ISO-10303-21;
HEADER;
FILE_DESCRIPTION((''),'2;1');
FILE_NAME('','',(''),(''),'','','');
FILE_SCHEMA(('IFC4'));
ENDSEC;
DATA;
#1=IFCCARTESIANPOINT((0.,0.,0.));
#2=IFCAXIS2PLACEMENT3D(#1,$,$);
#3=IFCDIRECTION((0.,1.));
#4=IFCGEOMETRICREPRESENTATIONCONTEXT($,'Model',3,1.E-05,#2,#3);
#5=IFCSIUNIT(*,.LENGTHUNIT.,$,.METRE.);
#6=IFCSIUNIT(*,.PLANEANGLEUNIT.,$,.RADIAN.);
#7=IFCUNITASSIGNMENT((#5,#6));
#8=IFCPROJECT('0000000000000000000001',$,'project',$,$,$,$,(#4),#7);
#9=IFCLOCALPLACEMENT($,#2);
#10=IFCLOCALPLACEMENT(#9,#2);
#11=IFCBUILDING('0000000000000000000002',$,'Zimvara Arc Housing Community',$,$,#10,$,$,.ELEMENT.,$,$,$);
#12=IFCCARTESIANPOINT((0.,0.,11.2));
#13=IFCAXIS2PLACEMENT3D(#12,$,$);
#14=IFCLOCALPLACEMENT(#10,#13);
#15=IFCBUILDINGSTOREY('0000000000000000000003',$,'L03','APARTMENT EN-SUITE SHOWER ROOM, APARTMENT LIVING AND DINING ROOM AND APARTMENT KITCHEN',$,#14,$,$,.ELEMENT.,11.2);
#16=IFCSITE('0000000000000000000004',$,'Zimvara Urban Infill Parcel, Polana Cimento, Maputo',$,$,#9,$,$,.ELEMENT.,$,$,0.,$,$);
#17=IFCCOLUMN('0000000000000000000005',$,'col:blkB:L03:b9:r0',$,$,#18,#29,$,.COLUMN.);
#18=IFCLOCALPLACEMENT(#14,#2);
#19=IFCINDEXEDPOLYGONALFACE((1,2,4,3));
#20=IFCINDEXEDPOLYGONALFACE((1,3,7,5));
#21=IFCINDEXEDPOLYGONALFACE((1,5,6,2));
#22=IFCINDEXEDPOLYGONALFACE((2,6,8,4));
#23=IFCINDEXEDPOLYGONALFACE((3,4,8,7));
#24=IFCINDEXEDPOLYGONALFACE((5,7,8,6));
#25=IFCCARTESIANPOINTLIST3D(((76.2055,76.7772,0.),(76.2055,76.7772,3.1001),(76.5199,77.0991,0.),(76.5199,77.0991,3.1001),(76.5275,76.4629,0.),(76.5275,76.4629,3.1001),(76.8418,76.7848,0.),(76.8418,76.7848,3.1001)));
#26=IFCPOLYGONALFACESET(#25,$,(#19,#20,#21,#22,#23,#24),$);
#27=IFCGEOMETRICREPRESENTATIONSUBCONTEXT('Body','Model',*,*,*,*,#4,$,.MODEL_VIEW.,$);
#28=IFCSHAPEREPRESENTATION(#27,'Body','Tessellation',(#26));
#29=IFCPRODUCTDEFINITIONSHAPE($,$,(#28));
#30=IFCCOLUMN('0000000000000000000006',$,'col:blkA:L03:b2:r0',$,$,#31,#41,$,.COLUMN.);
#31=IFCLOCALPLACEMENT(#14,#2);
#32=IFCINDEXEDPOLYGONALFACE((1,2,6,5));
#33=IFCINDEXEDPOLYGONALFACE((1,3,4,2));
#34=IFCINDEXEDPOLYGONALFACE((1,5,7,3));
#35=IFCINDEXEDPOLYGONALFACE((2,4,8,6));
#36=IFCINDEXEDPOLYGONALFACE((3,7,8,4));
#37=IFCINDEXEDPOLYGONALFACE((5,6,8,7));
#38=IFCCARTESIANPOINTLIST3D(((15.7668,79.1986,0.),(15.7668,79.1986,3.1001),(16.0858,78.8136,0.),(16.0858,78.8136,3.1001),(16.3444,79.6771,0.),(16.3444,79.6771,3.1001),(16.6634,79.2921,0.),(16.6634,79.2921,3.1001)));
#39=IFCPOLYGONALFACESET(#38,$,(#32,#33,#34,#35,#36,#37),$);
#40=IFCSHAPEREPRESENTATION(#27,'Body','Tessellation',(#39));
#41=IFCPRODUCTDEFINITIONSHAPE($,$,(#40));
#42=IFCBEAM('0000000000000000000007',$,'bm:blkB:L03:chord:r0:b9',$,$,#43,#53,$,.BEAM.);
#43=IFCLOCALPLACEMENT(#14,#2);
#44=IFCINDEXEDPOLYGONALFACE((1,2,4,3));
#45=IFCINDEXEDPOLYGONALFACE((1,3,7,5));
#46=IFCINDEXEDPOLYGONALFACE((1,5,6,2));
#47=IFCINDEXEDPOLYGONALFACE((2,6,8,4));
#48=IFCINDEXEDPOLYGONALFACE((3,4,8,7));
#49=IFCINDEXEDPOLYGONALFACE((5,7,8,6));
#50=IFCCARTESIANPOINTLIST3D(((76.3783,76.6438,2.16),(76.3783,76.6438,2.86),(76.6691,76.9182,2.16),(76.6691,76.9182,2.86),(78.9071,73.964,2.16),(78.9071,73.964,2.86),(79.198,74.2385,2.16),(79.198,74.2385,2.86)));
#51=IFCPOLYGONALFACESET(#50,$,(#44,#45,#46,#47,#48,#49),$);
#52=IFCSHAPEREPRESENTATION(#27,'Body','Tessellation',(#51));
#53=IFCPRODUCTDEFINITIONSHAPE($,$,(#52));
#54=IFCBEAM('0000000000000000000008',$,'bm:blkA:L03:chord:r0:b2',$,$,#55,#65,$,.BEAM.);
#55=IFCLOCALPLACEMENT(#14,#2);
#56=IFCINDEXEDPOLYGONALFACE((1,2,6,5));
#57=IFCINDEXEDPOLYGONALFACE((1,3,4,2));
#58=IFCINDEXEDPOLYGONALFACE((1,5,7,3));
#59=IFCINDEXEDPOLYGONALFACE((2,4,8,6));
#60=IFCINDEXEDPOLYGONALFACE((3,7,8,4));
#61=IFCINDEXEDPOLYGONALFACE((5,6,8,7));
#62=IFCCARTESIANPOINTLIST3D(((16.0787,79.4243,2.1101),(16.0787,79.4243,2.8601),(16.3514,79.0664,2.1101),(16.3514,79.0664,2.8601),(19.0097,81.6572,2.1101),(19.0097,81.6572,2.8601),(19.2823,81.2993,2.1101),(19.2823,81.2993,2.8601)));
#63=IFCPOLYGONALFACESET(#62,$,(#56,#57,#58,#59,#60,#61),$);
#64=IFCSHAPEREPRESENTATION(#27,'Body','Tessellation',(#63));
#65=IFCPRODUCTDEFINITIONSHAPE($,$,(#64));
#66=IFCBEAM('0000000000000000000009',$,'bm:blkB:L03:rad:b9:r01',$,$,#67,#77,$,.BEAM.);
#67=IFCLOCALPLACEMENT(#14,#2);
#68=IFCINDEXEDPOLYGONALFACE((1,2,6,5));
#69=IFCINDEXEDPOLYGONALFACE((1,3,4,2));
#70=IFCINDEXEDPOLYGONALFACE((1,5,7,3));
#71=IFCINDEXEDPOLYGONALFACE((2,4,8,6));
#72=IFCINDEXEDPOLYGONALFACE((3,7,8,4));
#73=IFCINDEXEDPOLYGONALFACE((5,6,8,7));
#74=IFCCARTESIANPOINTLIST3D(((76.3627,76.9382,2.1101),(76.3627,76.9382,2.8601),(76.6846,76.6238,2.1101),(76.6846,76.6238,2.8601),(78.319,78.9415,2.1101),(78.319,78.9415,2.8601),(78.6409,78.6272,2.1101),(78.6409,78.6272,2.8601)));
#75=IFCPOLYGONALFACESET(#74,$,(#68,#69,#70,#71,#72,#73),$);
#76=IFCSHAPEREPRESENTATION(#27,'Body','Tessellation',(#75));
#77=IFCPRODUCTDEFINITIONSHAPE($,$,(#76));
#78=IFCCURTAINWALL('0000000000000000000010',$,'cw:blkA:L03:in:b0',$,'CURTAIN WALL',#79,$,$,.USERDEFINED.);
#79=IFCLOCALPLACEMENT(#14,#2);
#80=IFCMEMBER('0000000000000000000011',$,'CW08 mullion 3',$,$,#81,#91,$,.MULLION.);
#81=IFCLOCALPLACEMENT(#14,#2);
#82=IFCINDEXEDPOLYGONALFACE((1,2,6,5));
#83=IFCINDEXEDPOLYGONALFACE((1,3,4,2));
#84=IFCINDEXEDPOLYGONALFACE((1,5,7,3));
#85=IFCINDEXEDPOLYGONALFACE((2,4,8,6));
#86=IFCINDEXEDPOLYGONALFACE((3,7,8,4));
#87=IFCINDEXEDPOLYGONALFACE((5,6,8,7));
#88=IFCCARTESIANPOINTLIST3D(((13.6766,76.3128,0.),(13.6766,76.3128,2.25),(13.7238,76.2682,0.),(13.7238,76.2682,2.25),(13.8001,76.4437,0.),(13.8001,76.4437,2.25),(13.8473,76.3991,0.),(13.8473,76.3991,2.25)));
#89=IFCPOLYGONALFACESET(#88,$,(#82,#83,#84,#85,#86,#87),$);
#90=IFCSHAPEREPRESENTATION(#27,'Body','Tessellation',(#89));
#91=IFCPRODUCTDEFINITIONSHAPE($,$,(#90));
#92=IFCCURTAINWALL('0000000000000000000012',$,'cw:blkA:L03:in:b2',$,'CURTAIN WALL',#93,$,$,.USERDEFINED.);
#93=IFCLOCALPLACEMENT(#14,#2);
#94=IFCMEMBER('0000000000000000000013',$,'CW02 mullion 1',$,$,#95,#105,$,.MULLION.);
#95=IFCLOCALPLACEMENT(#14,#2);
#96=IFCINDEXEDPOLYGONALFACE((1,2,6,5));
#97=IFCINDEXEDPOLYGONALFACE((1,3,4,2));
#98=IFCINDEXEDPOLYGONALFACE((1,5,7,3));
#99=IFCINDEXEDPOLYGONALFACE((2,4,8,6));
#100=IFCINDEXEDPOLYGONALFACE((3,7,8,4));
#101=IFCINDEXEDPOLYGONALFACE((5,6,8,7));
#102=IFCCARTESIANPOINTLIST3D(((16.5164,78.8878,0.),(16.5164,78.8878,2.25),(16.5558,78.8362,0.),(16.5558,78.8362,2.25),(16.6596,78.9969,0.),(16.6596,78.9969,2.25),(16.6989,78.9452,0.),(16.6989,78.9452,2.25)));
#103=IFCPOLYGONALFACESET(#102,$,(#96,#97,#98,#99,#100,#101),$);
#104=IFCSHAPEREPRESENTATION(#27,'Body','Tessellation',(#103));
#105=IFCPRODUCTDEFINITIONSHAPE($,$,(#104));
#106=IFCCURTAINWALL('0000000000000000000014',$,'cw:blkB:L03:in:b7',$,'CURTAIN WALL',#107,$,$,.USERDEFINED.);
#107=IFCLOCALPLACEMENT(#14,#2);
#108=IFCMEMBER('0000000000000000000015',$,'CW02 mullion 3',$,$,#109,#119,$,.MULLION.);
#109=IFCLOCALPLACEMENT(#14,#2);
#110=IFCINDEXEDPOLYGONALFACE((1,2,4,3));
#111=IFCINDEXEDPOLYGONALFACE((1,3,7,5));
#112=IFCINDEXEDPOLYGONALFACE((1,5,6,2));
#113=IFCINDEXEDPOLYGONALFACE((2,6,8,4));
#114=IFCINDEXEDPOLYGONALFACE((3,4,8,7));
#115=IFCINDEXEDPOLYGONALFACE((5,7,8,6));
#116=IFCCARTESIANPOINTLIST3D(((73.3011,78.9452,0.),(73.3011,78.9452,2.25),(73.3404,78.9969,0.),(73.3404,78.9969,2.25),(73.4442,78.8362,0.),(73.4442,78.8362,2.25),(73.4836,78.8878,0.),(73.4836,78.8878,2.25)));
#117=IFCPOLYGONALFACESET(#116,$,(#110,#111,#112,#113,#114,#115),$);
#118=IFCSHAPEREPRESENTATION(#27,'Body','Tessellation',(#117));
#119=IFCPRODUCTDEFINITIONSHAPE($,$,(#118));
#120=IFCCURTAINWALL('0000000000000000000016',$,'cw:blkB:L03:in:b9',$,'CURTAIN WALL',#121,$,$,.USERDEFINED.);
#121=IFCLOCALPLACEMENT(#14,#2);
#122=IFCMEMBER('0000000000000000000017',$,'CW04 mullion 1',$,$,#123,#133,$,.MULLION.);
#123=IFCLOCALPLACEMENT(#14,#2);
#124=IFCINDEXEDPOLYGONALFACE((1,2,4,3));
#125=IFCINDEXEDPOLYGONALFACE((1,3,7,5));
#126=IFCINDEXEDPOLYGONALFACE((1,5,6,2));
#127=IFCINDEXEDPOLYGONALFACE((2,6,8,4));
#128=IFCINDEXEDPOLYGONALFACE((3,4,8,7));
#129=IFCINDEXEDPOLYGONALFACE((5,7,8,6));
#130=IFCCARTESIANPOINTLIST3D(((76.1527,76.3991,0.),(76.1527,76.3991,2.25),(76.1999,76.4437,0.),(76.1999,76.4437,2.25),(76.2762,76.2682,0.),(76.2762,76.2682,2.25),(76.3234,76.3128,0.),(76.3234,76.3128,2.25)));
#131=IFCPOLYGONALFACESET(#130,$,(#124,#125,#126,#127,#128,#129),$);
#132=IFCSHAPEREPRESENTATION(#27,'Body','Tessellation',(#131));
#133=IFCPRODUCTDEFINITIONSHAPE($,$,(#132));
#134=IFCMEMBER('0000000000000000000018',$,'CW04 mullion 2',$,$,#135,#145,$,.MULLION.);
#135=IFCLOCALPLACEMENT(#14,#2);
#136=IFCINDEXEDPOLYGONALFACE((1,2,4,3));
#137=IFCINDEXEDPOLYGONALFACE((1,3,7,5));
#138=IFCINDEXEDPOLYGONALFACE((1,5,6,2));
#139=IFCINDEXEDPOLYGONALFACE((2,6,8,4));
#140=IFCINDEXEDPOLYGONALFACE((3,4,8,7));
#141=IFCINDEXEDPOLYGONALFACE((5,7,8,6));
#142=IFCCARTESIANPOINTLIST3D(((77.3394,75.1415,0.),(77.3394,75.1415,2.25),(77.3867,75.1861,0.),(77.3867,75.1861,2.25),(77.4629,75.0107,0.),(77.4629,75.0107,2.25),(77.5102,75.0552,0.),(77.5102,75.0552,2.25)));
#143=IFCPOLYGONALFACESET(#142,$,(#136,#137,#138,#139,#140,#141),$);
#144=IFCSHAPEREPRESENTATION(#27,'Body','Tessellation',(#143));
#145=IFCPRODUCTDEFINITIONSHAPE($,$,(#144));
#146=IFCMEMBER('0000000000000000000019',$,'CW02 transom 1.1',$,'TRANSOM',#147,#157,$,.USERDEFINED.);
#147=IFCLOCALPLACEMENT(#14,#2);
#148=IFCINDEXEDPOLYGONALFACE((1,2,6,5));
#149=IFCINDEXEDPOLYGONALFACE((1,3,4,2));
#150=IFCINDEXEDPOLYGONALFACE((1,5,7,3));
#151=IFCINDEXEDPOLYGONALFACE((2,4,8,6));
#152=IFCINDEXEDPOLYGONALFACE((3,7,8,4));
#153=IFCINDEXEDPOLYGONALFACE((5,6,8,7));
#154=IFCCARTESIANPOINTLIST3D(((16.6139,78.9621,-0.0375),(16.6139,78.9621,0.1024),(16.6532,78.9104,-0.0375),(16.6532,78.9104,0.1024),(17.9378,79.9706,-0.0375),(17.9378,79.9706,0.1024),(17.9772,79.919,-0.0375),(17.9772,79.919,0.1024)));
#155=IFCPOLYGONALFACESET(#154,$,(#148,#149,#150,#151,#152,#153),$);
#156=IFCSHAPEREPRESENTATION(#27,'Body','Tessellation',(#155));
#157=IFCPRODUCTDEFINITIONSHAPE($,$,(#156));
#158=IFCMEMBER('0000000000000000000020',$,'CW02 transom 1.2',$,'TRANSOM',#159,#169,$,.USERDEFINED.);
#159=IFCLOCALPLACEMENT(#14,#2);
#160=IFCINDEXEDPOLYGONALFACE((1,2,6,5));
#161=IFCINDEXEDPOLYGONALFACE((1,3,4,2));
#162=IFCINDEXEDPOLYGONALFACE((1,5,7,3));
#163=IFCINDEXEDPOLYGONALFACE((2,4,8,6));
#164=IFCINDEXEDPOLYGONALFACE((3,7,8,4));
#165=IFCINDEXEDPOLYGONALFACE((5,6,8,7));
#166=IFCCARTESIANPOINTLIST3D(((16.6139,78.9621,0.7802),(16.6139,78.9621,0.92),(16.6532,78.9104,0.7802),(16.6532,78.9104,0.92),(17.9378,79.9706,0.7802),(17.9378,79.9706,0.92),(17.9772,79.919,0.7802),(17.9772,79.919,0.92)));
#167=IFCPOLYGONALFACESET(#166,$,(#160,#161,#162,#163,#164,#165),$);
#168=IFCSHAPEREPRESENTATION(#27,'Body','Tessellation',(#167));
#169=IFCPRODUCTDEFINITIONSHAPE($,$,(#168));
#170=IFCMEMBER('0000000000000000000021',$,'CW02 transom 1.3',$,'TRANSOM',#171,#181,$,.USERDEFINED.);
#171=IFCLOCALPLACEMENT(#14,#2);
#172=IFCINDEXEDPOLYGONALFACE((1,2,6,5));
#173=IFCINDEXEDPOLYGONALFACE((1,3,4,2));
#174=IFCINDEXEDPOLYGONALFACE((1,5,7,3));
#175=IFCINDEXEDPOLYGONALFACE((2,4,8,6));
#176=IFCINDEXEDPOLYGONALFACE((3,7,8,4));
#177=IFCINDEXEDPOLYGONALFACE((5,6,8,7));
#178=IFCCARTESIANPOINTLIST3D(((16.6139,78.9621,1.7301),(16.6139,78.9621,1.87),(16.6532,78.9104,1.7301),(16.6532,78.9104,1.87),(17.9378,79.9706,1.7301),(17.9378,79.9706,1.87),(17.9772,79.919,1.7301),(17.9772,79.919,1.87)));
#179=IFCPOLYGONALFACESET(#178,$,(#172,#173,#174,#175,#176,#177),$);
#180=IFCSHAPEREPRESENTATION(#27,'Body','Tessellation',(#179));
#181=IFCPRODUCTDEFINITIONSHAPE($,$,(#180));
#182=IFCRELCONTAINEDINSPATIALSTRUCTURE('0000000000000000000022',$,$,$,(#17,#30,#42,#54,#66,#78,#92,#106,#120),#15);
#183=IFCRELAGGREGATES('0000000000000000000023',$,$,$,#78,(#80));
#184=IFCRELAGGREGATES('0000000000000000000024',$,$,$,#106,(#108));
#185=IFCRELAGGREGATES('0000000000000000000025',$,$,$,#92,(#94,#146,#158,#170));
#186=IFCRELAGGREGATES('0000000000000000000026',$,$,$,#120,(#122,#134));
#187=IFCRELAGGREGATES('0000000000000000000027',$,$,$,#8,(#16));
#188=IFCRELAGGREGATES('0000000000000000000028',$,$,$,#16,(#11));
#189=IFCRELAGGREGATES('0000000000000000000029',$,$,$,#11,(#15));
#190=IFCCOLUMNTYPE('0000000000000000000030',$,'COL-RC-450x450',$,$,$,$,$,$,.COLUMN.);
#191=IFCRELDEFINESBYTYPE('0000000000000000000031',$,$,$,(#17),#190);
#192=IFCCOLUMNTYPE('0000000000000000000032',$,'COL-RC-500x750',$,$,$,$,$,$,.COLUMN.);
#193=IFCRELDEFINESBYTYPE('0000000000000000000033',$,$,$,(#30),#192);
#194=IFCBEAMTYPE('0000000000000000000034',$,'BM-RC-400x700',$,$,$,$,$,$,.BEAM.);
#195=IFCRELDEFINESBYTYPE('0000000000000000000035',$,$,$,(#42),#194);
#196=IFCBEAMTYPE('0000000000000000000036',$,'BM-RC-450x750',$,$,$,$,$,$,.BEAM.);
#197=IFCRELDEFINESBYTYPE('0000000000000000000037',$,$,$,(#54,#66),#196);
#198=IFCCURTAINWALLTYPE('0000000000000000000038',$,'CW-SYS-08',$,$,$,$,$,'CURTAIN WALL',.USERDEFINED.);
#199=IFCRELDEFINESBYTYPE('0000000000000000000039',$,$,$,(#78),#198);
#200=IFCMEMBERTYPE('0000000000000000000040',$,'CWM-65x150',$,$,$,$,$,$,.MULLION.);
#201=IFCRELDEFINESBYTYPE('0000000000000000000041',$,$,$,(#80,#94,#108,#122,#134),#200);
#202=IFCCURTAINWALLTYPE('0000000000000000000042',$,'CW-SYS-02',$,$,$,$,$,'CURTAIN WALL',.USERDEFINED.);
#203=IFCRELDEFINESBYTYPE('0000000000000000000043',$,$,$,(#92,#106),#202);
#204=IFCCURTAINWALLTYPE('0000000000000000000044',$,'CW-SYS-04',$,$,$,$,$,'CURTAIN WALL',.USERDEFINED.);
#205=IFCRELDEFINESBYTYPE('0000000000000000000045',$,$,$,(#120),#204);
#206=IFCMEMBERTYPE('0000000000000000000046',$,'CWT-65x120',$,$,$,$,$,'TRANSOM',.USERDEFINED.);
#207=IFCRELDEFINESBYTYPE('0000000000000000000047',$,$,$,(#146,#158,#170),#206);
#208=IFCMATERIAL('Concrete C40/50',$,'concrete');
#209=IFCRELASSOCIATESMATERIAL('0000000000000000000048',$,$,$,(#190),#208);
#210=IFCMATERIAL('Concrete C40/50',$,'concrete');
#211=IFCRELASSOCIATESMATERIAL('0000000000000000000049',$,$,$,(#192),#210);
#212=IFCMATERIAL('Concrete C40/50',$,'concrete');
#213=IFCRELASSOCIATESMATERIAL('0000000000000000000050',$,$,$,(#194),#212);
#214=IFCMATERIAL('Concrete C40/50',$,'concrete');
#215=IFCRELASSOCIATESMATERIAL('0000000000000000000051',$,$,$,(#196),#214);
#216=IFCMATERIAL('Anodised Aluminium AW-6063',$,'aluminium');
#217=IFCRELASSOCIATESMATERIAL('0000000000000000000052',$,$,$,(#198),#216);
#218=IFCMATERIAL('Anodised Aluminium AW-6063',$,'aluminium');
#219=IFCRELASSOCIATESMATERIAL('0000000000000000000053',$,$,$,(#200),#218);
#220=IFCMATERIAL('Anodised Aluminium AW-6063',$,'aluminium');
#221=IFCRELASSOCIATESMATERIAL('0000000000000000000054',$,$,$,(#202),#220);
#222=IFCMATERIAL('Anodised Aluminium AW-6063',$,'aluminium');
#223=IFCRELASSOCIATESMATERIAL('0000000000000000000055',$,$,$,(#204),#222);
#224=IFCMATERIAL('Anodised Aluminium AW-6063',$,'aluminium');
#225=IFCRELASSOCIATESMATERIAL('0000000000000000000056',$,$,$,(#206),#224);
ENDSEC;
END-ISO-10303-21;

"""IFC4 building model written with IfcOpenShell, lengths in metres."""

from ifc_helpers import new_model, si_unit, direction, frame, origin, origin_2d, place, context, subcontext, project, spatial, rectangle, extrude, material, material_profile, profile_set, type_object, element, aggregate, save


model = new_model("IFC4")

# Units and contexts
model_context = context("Model", 3, precision=1e-05, world=origin(), true_north=direction((0.0, 1.0)))
body_context = subcontext(model_context, "Body", "Model", "MODEL_VIEW")
ifc_project = project(units=[si_unit("LENGTHUNIT", "METRE"), si_unit("PLANEANGLEUNIT", "RADIAN")], contexts=[model_context])

# Site, building, storey
site_placement = place(None, origin())
site = spatial("IfcSite", under=ifc_project, at=site_placement, Name="Zimvara Urban Infill Parcel, Polana Cimento, Maputo", CompositionType="ELEMENT", RefElevation=0.0)
building_placement = place(site_placement, origin())
building = spatial("IfcBuilding", under=site, at=building_placement, Name="Zimvara Arc Housing Community", CompositionType="ELEMENT")
storey_placement = place(building_placement, frame((0.0, 0.0, 11.2)))
storey = spatial("IfcBuildingStorey", under=building, at=storey_placement, Name="L03", Description="APARTMENT EN-SUITE SHOWER ROOM, APARTMENT LIVING AND DINING ROOM AND APARTMENT KITCHEN", CompositionType="ELEMENT", Elevation=11.2)

# Columns
ifc_material_1 = material(Name="Concrete C40/50", Category="concrete")
ifc_material_profile_1 = material_profile(ifc_material_1, rectangle(XDim=0.45, YDim=0.45, at=origin_2d()), Name="RC 450x450")
ifc_profile_set_1 = profile_set([ifc_material_profile_1], Name="Concrete C40/50")
column_type_1 = type_object("IfcColumnType", Name="COL-RC-450x450", PredefinedType="COLUMN", material=ifc_profile_set_1)
column_1_placement = place(storey_placement, frame((76.5237, 76.781, 0.0), z_axis=(0.0, 0.0, 1.0), x_axis=(0.698665, 0.715449, 0.0)))
element("IfcColumn", 1, at=column_1_placement, inside=storey, type_object=column_type_1, Name="col:blkB:L03:b9:r0", PredefinedType="COLUMN", context=body_context, shape_type="SweptSolid", body=[
    extrude(rectangle(XDim=0.45, YDim=0.45, at=origin_2d()), origin(), (0.0, 0.0, 1.0), 3.1001),
])
ifc_material_2 = material(Name="Concrete C40/50", Category="concrete")
ifc_material_profile_2 = material_profile(ifc_material_2, rectangle(XDim=0.5, YDim=0.75, at=origin_2d()), Name="RC 500x750")
ifc_profile_set_2 = profile_set([ifc_material_profile_2], Name="Concrete C40/50")
column_type_2 = type_object("IfcColumnType", Name="COL-RC-500x750", PredefinedType="COLUMN", material=ifc_profile_set_2)
column_2_placement = place(storey_placement, frame((16.2151, 79.2454, 0.0), z_axis=(0.0, 0.0, 1.0), x_axis=(-0.637962, 0.770068, 0.0)))
element("IfcColumn", 2, at=column_2_placement, inside=storey, type_object=column_type_2, Name="col:blkA:L03:b2:r0", PredefinedType="COLUMN", context=body_context, shape_type="SweptSolid", body=[
    extrude(rectangle(XDim=0.5, YDim=0.75, at=origin_2d()), origin(), (0.0, 0.0, 1.0), 3.1001),
])

# Beams
ifc_material_3 = material(Name="Concrete C40/50", Category="concrete")
ifc_material_profile_3 = material_profile(ifc_material_3, rectangle(XDim=0.3999, YDim=0.7, at=origin_2d()), Name="RC 400x700")
ifc_profile_set_3 = profile_set([ifc_material_profile_3], Name="Concrete C40/50")
beam_type_1 = type_object("IfcBeamType", Name="BM-RC-400x700", PredefinedType="BEAM", material=ifc_profile_set_3)
beam_1_placement = place(storey_placement, frame((76.5237, 76.781, 2.51), z_axis=(0.686336, -0.727285, 0.0), x_axis=(0.727285, 0.686336, 0.0)))
element("IfcBeam", 3, at=beam_1_placement, inside=storey, type_object=beam_type_1, Name="bm:blkB:L03:chord:r0:b9", PredefinedType="BEAM", context=body_context, shape_type="SweptSolid", body=[
    extrude(rectangle(XDim=0.3999, YDim=0.7, at=origin_2d()), origin(), (0.0, 0.0, 1.0), 3.6846),
])
ifc_material_4 = material(Name="Concrete C40/50", Category="concrete")
ifc_material_profile_4 = material_profile(ifc_material_4, rectangle(XDim=0.45, YDim=0.75, at=origin_2d()), Name="RC 450x750")
ifc_profile_set_4 = profile_set([ifc_material_profile_4], Name="Concrete C40/50")
beam_type_2 = type_object("IfcBeamType", Name="BM-RC-450x750", PredefinedType="BEAM", material=ifc_profile_set_4)
beam_2_placement = place(storey_placement, frame((16.2151, 79.2454, 2.4851), z_axis=(0.795453, 0.606015, 0.0), x_axis=(-0.606015, 0.795453, 0.0)))
element("IfcBeam", 4, at=beam_2_placement, inside=storey, type_object=beam_type_2, Name="bm:blkA:L03:chord:r0:b2", PredefinedType="BEAM", context=body_context, shape_type="SweptSolid", body=[
    extrude(rectangle(XDim=0.45, YDim=0.75, at=origin_2d()), origin(), (0.0, 0.0, 1.0), 3.6846),
])
beam_3_placement = place(storey_placement, frame((76.5237, 76.781, 2.4851), z_axis=(0.698643, 0.71547, 0.0), x_axis=(-0.71547, 0.698643, 0.0)))
element("IfcBeam", 5, at=beam_3_placement, inside=storey, type_object=beam_type_2, Name="bm:blkB:L03:rad:b9:r01", PredefinedType="BEAM", context=body_context, shape_type="SweptSolid", body=[
    extrude(rectangle(XDim=0.45, YDim=0.75, at=origin_2d()), origin(), (0.0, 0.0, 1.0), 2.8),
])

# Curtain walls, members
ifc_material_5 = material(Name="Anodised Aluminium AW-6063", Category="aluminium")
curtain_wall_type_1 = type_object("IfcCurtainWallType", Name="CW-SYS-08", ElementType="CURTAIN WALL", PredefinedType="USERDEFINED", material=ifc_material_5)
curtain_wall_1_placement = place(storey_placement, origin())
curtain_wall_1 = element("IfcCurtainWall", 6, at=curtain_wall_1_placement, inside=storey, type_object=curtain_wall_type_1, Name="cw:blkA:L03:in:b0", ObjectType="CURTAIN WALL", PredefinedType="USERDEFINED")
ifc_material_6 = material(Name="Anodised Aluminium AW-6063", Category="aluminium")
ifc_material_profile_5 = material_profile(ifc_material_6, rectangle(XDim=0.0649, YDim=0.1799, at=origin_2d()), Name="ALU 65x180")
ifc_profile_set_5 = profile_set([ifc_material_profile_5], Name="Anodised Aluminium AW-6063")
member_type_1 = type_object("IfcMemberType", Name="CWM-65x150", PredefinedType="MULLION", material=ifc_profile_set_5)
member_1_placement = place(storey_placement, frame((13.762, 76.356, 0.0), z_axis=(0.0, 0.0, 1.0), x_axis=(-0.727293, 0.686327, 0.0)))
member_1 = element("IfcMember", 7, at=member_1_placement, type_object=member_type_1, Name="CW08 mullion 3", PredefinedType="MULLION", context=body_context, shape_type="SweptSolid", body=[
    extrude(rectangle(XDim=0.0649, YDim=0.1799, at=origin_2d()), origin(), (0.0, 0.0, 1.0), 2.25),
])
aggregate(curtain_wall_1, [member_1])
ifc_material_7 = material(Name="Anodised Aluminium AW-6063", Category="aluminium")
curtain_wall_type_2 = type_object("IfcCurtainWallType", Name="CW-SYS-02", ElementType="CURTAIN WALL", PredefinedType="USERDEFINED", material=ifc_material_7)
curtain_wall_2_placement = place(storey_placement, origin())
curtain_wall_2 = element("IfcCurtainWall", 8, at=curtain_wall_2_placement, inside=storey, type_object=curtain_wall_type_2, Name="cw:blkA:L03:in:b2", ObjectType="CURTAIN WALL", PredefinedType="USERDEFINED")
member_2_placement = place(storey_placement, frame((16.6077, 78.9165, 0.0), z_axis=(0.0, 0.0, 1.0), x_axis=(-0.605988, 0.795474, 0.0)))
member_2 = element("IfcMember", 9, at=member_2_placement, type_object=member_type_1, Name="CW02 mullion 1", PredefinedType="MULLION", context=body_context, shape_type="SweptSolid", body=[
    extrude(rectangle(XDim=0.0649, YDim=0.1799, at=origin_2d()), origin(), (0.0, 0.0, 1.0), 2.25),
])
curtain_wall_3_placement = place(storey_placement, origin())
curtain_wall_3 = element("IfcCurtainWall", 10, at=curtain_wall_3_placement, inside=storey, type_object=curtain_wall_type_2, Name="cw:blkB:L03:in:b7", ObjectType="CURTAIN WALL", PredefinedType="USERDEFINED")
member_3_placement = place(storey_placement, frame((73.3923, 78.9165, 0.0), z_axis=(0.0, 0.0, 1.0), x_axis=(0.605988, 0.795474, 0.0)))
member_3 = element("IfcMember", 11, at=member_3_placement, type_object=member_type_1, Name="CW02 mullion 3", PredefinedType="MULLION", context=body_context, shape_type="SweptSolid", body=[
    extrude(rectangle(XDim=0.0649, YDim=0.1799, at=origin_2d()), origin(), (0.0, 0.0, 1.0), 2.25),
])
aggregate(curtain_wall_3, [member_3])

# Curtain wall, members
ifc_material_8 = material(Name="Anodised Aluminium AW-6063", Category="aluminium")
curtain_wall_type_3 = type_object("IfcCurtainWallType", Name="CW-SYS-04", ElementType="CURTAIN WALL", PredefinedType="USERDEFINED", material=ifc_material_8)
curtain_wall_4_placement = place(storey_placement, origin())
curtain_wall_4 = element("IfcCurtainWall", 12, at=curtain_wall_4_placement, inside=storey, type_object=curtain_wall_type_3, Name="cw:blkB:L03:in:b9", ObjectType="CURTAIN WALL", PredefinedType="USERDEFINED")
member_4_placement = place(storey_placement, frame((76.238, 76.356, 0.0), z_axis=(0.0, 0.0, 1.0), x_axis=(0.727293, 0.686327, 0.0)))
member_4 = element("IfcMember", 13, at=member_4_placement, type_object=member_type_1, Name="CW04 mullion 1", PredefinedType="MULLION", context=body_context, shape_type="SweptSolid", body=[
    extrude(rectangle(XDim=0.0649, YDim=0.1799, at=origin_2d()), origin(), (0.0, 0.0, 1.0), 2.25),
])
member_5_placement = place(storey_placement, frame((77.4248, 75.0984, 0.0), z_axis=(0.0, 0.0, 1.0), x_axis=(0.727293, 0.686327, 0.0)))
member_5 = element("IfcMember", 14, at=member_5_placement, type_object=member_type_1, Name="CW04 mullion 2", PredefinedType="MULLION", context=body_context, shape_type="SweptSolid", body=[
    extrude(rectangle(XDim=0.0649, YDim=0.1799, at=origin_2d()), origin(), (0.0, 0.0, 1.0), 2.25),
])

# Members
ifc_material_9 = material(Name="Anodised Aluminium AW-6063", Category="aluminium")
ifc_material_profile_6 = material_profile(ifc_material_9, rectangle(XDim=0.0649, YDim=0.1399, at=origin_2d()), Name="ALU 65x140")
ifc_profile_set_6 = profile_set([ifc_material_profile_6], Name="Anodised Aluminium AW-6063")
member_type_2 = type_object("IfcMemberType", Name="CWT-65x120", ElementType="TRANSOM", PredefinedType="USERDEFINED", material=ifc_profile_set_6)
member_6_placement = place(storey_placement, frame((16.6335, 78.9363, 0.0325), z_axis=(0.795489, 0.605968, 0.0), x_axis=(-0.605968, 0.795489, 0.0)))
member_6 = element("IfcMember", 15, at=member_6_placement, type_object=member_type_2, Name="CW02 transom 1.1", ObjectType="TRANSOM", PredefinedType="USERDEFINED", context=body_context, shape_type="SweptSolid", body=[
    extrude(rectangle(XDim=0.0649, YDim=0.1399, at=origin_2d()), origin(), (0.0, 0.0, 1.0), 1.6643),
])
member_7_placement = place(storey_placement, frame((16.6335, 78.9363, 0.8501), z_axis=(0.795489, 0.605968, 0.0), x_axis=(-0.605968, 0.795489, 0.0)))
member_7 = element("IfcMember", 16, at=member_7_placement, type_object=member_type_2, Name="CW02 transom 1.2", ObjectType="TRANSOM", PredefinedType="USERDEFINED", context=body_context, shape_type="SweptSolid", body=[
    extrude(rectangle(XDim=0.0649, YDim=0.1399, at=origin_2d()), origin(), (0.0, 0.0, 1.0), 1.6643),
])
member_8_placement = place(storey_placement, frame((16.6335, 78.9363, 1.8), z_axis=(0.795489, 0.605968, 0.0), x_axis=(-0.605968, 0.795489, 0.0)))
member_8 = element("IfcMember", 17, at=member_8_placement, type_object=member_type_2, Name="CW02 transom 1.3", ObjectType="TRANSOM", PredefinedType="USERDEFINED", context=body_context, shape_type="SweptSolid", body=[
    extrude(rectangle(XDim=0.0649, YDim=0.1399, at=origin_2d()), origin(), (0.0, 0.0, 1.0), 1.6643),
])
aggregate(curtain_wall_2, [member_2, member_6, member_7, member_8])

aggregate(curtain_wall_4, [member_4, member_5])

save(model, "model.ifc")
